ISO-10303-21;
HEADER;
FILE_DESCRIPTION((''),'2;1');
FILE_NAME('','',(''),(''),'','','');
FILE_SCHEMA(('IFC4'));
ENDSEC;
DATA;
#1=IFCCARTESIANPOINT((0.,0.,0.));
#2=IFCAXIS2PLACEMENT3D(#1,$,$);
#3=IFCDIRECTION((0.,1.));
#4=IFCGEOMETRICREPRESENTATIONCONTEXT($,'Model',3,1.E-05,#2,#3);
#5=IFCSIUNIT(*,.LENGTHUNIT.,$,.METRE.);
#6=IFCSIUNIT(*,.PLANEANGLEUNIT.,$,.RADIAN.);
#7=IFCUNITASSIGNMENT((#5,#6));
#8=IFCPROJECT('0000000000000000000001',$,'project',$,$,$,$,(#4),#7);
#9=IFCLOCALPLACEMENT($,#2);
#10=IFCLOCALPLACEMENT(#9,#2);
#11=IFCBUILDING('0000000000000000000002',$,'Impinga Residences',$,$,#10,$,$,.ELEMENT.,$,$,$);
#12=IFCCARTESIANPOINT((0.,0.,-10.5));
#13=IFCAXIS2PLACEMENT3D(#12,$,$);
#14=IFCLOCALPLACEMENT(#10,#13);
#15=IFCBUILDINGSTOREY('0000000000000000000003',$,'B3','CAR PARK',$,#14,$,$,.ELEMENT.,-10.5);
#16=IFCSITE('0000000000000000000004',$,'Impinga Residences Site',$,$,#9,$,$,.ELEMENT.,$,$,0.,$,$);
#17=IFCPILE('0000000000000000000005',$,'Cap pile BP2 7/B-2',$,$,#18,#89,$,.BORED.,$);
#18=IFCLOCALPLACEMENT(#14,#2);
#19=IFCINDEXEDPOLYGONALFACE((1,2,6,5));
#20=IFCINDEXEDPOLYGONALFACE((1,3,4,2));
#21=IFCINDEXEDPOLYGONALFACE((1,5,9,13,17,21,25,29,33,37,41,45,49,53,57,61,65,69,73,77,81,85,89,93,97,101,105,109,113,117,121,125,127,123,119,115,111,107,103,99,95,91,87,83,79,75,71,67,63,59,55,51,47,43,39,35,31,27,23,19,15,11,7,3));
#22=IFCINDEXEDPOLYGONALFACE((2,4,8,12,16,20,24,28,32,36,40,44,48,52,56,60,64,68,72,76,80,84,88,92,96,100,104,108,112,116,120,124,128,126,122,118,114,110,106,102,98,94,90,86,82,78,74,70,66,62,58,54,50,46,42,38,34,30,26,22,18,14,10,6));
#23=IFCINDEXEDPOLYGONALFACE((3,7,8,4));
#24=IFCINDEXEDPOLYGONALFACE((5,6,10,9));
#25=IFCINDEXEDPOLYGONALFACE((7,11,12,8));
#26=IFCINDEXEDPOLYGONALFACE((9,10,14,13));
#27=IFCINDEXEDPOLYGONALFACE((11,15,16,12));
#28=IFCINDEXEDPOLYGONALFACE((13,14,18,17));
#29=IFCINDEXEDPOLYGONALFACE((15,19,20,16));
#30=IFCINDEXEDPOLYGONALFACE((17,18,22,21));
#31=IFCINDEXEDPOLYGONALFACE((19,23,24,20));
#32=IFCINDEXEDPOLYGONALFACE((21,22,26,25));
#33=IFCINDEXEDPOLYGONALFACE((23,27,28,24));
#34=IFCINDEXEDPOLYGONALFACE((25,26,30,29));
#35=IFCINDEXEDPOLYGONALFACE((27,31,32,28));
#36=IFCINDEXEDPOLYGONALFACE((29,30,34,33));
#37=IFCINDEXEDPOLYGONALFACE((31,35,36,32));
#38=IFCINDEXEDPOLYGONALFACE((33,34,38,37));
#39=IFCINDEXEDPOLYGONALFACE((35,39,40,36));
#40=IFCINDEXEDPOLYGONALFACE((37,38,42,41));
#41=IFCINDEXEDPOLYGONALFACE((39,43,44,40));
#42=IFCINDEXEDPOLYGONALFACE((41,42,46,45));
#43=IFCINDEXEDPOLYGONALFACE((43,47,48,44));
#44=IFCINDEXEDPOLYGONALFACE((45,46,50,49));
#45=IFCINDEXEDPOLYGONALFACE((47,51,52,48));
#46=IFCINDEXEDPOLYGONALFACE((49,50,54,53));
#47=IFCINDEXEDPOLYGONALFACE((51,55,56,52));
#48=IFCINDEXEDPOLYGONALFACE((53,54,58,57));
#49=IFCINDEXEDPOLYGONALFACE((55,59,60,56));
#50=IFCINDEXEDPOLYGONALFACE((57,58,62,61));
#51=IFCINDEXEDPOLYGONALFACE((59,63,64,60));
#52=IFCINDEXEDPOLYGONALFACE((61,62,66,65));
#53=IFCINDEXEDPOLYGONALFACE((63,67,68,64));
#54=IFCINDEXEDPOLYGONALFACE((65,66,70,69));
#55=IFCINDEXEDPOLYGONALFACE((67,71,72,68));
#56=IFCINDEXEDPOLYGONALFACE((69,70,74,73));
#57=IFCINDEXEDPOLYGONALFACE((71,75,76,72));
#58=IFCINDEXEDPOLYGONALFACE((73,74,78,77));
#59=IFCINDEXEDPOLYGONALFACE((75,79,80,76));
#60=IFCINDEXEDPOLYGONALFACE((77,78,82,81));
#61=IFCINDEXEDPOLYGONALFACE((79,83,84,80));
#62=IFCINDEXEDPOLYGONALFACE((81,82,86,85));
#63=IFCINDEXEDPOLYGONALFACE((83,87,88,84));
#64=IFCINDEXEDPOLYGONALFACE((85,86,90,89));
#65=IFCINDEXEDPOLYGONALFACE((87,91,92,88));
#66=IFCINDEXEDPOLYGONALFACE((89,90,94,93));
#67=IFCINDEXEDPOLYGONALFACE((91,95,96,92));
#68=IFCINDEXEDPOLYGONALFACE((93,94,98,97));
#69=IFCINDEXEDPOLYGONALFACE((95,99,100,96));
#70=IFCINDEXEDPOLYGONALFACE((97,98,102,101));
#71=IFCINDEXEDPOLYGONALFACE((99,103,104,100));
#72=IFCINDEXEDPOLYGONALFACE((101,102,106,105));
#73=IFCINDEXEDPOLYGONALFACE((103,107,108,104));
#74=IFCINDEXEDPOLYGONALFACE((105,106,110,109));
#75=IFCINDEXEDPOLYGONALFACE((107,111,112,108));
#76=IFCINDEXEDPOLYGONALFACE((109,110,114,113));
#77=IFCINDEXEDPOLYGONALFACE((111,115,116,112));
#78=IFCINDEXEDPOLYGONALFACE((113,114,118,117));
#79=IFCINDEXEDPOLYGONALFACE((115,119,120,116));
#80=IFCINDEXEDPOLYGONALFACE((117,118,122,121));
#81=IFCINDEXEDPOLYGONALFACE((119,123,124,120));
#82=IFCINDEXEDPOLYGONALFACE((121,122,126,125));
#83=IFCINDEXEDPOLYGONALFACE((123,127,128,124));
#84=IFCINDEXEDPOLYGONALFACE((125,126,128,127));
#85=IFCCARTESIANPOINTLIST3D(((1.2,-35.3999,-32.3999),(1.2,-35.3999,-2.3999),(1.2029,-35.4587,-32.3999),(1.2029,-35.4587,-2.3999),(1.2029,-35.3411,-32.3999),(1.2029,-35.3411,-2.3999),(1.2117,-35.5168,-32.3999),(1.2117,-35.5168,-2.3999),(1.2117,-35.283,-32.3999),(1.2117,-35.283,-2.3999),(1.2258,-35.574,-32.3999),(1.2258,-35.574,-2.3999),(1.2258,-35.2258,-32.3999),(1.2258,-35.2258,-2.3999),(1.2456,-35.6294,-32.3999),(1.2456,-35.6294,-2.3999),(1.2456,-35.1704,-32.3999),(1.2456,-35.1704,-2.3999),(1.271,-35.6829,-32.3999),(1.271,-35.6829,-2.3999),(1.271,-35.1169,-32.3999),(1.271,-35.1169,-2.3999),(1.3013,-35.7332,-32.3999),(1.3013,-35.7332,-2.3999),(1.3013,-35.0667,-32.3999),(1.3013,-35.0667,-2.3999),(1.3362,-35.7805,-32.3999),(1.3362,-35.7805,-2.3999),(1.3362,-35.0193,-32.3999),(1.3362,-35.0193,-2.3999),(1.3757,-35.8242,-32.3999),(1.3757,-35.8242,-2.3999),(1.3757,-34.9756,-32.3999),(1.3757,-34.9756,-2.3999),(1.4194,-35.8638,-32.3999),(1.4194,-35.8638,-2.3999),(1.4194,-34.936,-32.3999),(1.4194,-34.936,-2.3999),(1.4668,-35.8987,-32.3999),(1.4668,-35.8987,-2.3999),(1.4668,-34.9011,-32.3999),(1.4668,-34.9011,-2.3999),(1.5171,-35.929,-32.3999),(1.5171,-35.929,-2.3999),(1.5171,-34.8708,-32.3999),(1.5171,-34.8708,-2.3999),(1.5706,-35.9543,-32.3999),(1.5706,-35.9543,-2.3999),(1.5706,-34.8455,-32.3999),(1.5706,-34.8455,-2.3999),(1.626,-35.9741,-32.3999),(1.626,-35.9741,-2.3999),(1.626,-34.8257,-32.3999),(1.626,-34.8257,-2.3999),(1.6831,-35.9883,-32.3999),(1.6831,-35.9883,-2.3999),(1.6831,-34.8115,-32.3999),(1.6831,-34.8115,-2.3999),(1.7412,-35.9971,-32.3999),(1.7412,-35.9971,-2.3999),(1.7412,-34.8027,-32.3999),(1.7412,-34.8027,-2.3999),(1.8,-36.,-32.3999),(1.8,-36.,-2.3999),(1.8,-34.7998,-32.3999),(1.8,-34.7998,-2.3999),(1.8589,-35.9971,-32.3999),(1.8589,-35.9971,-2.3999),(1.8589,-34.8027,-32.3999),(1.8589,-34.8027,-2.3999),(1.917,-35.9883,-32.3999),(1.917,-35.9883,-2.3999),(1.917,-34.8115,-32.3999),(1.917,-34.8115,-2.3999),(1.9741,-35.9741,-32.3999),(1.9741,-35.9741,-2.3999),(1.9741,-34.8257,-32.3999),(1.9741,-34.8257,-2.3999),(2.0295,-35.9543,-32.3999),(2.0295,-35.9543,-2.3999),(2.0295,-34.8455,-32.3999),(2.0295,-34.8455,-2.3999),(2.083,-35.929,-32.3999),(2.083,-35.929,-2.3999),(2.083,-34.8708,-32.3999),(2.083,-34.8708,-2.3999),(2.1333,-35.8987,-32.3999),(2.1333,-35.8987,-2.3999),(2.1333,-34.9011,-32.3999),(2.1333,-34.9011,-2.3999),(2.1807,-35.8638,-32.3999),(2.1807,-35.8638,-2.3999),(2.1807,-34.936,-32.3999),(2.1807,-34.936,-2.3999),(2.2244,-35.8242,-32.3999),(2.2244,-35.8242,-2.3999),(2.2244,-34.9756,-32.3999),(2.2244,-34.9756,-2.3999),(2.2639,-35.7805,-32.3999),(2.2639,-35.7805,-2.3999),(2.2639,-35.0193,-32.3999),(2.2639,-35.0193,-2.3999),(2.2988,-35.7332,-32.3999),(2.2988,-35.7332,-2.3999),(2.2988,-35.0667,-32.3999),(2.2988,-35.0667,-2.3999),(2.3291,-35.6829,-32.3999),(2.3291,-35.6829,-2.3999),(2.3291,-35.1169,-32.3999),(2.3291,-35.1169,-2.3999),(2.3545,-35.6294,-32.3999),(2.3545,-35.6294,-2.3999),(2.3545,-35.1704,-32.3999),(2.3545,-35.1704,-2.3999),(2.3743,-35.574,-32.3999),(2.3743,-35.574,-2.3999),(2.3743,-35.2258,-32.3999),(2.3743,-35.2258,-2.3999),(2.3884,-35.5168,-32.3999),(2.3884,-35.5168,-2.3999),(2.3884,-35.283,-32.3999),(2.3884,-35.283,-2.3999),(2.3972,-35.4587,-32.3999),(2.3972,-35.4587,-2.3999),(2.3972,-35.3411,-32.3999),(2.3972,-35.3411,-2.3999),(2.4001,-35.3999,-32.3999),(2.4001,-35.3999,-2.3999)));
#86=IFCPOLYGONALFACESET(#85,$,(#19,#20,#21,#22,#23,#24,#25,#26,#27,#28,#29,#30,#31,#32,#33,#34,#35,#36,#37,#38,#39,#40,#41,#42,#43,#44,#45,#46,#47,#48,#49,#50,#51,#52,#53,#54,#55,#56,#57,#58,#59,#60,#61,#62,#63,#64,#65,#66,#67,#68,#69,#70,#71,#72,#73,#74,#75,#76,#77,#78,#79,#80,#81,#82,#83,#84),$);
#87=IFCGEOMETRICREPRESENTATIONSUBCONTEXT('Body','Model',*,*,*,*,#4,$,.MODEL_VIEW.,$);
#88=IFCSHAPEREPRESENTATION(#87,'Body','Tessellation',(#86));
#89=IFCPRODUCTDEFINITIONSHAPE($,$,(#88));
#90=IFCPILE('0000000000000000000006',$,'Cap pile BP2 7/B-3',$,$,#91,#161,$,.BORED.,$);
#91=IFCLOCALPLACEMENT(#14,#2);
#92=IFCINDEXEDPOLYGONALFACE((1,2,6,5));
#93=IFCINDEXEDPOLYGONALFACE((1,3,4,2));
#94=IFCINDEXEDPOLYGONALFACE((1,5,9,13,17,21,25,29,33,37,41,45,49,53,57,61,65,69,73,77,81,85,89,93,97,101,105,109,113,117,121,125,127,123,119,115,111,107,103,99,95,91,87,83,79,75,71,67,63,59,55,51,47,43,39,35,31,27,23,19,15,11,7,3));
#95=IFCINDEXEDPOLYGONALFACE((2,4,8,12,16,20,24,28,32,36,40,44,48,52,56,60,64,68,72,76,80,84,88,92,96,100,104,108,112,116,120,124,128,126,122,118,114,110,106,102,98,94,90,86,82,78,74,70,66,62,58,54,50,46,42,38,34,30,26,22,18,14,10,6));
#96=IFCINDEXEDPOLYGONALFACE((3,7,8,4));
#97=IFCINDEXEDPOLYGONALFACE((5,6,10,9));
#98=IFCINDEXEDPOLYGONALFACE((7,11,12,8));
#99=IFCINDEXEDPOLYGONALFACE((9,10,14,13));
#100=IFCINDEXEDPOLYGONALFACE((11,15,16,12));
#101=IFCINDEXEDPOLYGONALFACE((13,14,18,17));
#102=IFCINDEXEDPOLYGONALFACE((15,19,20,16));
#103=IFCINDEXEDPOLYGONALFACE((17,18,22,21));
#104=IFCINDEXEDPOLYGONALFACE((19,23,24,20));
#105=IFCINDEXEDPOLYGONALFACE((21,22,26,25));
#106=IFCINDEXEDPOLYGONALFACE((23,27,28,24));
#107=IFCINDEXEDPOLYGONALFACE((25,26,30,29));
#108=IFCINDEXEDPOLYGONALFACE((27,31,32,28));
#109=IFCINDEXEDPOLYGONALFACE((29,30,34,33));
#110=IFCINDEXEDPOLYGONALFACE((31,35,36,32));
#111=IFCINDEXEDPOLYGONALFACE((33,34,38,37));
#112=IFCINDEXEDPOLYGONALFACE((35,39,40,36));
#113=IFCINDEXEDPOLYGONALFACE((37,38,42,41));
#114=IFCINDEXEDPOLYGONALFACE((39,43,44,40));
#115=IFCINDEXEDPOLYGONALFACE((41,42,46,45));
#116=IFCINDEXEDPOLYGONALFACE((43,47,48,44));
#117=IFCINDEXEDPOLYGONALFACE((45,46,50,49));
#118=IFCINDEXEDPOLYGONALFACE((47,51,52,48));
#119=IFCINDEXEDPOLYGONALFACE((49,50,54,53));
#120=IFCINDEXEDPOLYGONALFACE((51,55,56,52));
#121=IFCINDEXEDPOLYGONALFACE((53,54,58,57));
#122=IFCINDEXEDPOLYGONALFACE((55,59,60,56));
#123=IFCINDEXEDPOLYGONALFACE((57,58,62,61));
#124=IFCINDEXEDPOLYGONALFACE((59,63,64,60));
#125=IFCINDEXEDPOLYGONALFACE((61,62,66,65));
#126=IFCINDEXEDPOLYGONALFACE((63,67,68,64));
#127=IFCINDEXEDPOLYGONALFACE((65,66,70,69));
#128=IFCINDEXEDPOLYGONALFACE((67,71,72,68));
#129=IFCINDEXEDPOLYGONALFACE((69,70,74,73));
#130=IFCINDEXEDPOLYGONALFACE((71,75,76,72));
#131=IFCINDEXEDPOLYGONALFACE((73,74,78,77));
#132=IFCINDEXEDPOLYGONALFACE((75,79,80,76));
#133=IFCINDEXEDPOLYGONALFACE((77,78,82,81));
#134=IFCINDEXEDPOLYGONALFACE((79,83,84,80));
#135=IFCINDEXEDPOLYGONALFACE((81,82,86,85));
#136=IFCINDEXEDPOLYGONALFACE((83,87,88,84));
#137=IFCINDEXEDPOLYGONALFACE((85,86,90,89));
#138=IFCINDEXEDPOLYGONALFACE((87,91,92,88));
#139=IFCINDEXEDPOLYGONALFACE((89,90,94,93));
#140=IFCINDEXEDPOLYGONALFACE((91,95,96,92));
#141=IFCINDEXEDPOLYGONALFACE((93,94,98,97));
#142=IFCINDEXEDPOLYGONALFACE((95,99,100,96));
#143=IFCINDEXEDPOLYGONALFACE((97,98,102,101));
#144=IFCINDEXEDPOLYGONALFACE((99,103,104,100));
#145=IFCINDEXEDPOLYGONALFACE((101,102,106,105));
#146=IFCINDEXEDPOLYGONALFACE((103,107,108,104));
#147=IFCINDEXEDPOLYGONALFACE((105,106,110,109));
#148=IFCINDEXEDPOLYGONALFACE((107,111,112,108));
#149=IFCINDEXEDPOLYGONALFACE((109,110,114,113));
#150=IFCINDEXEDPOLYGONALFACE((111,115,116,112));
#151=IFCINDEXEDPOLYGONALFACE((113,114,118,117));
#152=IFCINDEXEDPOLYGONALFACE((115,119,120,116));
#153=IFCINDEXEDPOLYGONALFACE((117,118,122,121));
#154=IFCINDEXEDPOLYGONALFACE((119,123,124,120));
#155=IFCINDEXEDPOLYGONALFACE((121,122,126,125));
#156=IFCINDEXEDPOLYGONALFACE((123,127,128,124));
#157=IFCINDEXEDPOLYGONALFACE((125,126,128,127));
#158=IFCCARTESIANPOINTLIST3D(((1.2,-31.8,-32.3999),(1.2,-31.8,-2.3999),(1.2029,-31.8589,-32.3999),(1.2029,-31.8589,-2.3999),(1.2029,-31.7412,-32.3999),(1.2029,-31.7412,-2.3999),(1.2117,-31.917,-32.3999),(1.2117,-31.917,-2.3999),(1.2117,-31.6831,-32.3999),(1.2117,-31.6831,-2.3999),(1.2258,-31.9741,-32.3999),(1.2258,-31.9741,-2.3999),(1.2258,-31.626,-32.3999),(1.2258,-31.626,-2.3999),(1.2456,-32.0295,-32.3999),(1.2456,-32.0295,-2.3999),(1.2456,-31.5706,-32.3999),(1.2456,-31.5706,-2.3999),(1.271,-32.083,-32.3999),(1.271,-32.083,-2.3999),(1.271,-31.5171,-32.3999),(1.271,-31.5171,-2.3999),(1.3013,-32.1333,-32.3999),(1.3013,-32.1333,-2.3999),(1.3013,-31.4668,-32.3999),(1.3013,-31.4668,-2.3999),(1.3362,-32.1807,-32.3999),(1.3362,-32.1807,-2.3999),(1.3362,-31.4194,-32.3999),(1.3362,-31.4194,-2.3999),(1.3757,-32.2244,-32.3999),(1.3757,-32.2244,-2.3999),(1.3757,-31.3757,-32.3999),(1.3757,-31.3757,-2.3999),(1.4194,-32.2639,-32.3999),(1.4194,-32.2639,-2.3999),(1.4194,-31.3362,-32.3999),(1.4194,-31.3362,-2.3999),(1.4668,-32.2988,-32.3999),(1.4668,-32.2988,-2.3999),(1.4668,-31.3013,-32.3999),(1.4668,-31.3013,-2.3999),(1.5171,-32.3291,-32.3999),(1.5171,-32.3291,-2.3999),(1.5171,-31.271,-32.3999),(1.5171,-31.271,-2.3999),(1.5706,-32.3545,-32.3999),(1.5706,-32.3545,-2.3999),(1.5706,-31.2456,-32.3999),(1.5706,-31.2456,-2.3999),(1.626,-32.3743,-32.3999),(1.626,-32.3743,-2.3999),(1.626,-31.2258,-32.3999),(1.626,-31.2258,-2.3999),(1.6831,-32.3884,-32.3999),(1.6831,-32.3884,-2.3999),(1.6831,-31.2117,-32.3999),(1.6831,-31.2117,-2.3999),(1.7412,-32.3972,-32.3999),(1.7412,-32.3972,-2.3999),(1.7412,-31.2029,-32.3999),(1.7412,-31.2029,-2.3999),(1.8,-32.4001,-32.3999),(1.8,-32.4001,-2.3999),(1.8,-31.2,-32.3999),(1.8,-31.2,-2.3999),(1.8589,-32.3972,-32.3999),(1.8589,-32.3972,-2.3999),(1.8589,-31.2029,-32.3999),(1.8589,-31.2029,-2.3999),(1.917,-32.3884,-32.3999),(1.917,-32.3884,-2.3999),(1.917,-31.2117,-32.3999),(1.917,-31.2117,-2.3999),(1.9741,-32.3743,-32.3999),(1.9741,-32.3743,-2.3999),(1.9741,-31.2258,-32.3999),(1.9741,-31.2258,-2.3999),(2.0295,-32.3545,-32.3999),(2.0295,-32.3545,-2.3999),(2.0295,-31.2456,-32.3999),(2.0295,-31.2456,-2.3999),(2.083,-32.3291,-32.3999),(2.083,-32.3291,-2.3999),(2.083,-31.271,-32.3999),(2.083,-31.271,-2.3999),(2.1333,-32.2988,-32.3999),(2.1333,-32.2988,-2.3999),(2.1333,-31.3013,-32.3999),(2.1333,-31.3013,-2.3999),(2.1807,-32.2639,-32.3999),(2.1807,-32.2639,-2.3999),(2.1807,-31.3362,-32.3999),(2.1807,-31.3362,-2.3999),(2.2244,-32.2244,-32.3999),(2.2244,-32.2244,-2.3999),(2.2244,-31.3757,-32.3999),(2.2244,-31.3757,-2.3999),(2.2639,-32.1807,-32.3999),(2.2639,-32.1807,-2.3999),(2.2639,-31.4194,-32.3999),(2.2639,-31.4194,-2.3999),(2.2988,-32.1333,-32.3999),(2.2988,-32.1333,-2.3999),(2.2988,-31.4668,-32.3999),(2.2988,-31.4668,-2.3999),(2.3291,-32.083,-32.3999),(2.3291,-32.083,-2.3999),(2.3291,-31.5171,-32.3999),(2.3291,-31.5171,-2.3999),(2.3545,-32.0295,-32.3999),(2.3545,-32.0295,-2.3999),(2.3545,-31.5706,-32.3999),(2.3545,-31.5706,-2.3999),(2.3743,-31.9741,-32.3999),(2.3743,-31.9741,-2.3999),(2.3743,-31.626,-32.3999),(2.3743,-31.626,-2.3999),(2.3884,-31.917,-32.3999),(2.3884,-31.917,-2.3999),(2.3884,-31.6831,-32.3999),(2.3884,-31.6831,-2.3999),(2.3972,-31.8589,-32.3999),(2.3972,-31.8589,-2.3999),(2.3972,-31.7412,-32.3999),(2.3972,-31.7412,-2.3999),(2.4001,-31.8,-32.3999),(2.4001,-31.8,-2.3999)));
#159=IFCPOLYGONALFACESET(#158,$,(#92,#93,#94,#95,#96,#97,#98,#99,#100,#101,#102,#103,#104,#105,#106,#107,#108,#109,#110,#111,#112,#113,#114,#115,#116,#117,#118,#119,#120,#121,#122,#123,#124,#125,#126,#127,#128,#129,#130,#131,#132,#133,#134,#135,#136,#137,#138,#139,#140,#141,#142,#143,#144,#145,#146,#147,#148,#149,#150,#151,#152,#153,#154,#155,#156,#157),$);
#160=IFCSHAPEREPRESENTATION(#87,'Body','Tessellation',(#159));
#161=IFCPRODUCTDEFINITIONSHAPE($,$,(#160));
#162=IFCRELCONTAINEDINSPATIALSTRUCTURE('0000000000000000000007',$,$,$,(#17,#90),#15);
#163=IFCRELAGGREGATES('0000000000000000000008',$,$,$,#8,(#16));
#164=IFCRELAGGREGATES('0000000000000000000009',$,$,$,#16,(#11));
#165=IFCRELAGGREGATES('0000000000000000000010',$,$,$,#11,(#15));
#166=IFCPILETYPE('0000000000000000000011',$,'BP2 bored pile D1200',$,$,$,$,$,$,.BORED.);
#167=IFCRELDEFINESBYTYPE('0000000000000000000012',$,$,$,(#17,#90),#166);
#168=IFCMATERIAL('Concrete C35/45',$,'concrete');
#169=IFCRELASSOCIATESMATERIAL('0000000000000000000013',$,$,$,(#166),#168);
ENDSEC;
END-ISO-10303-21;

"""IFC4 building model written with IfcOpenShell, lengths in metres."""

from ifc_helpers import new_model, si_unit, direction, frame, origin, origin_2d, place, context, subcontext, project, spatial, polyline, circle, outline, extrude, material, material_profile, profile_set, type_object, element, save


model = new_model("IFC4")

# Units and contexts
model_context = context("Model", 3, precision=1e-05, world=origin(), true_north=direction((0.0, 1.0)))
body_context = subcontext(model_context, "Body", "Model", "MODEL_VIEW")
ifc_project = project(units=[si_unit("LENGTHUNIT", "METRE"), si_unit("PLANEANGLEUNIT", "RADIAN")], contexts=[model_context])

# Site, building, storey
site_placement = place(None, origin())
site = spatial("IfcSite", under=ifc_project, at=site_placement, Name="Impinga Residences Site", CompositionType="ELEMENT", RefElevation=0.0)
building_placement = place(site_placement, origin())
building = spatial("IfcBuilding", under=site, at=building_placement, Name="Impinga Residences", CompositionType="ELEMENT")
storey_placement = place(building_placement, frame((0.0, 0.0, -10.5)))
storey = spatial("IfcBuildingStorey", under=building, at=storey_placement, Name="B3", Description="CAR PARK", CompositionType="ELEMENT", Elevation=-10.5)

# Piles
ifc_material_1 = material(Name="Concrete C35/45", Category="concrete")
ifc_material_profile_1 = material_profile(ifc_material_1, circle(Radius=0.6001, at=origin_2d()), Name="D1200")
ifc_profile_set_1 = profile_set([ifc_material_profile_1], Name="Concrete C35/45")
pile_type = type_object("IfcPileType", Name="BP2 bored pile D1200", PredefinedType="BORED", material=ifc_profile_set_1)
pile_1_placement = place(storey_placement, frame((1.8, -35.3999, -2.3999), z_axis=(0.0, 0.0, -1.0), x_axis=(1.0, 0.0, 0.0)))
element("IfcPile", 1, at=pile_1_placement, inside=storey, type_object=pile_type, Name="Cap pile BP2 7/B-2", PredefinedType="BORED", context=body_context, shape_type="SweptSolid", body=[
    extrude(outline(polyline([(0.6001, 0.0), (0.5972, 0.0588), (0.5884, 0.1169), (0.5742, 0.1741), (0.5544, 0.2295), (0.5291, 0.283), (0.4988, 0.3333), (0.4639, 0.3806), (0.4243, 0.4243), (0.3806, 0.4639), (0.3333, 0.4988), (0.283, 0.5291), (0.2295, 0.5544), (0.1741, 0.5742), (0.1169, 0.5884), (0.0588, 0.5972), (0.0, 0.6001), (-0.0588, 0.5972), (-0.1169, 0.5884), (-0.1741, 0.5742), (-0.2295, 0.5544), (-0.283, 0.5291), (-0.3333, 0.4988), (-0.3806, 0.4639), (-0.4243, 0.4243), (-0.4639, 0.3806), (-0.4988, 0.3333), (-0.5291, 0.283), (-0.5544, 0.2295), (-0.5742, 0.1741), (-0.5884, 0.1169), (-0.5972, 0.0588), (-0.6001, 0.0), (-0.5972, -0.0588), (-0.5884, -0.1169), (-0.5742, -0.1741), (-0.5544, -0.2295), (-0.5291, -0.283), (-0.4988, -0.3333), (-0.4639, -0.3806), (-0.4243, -0.4243), (-0.3806, -0.4639), (-0.3333, -0.4988), (-0.283, -0.5291), (-0.2295, -0.5544), (-0.1741, -0.5742), (-0.1169, -0.5884), (-0.0588, -0.5972), (0.0, -0.6001), (0.0588, -0.5972), (0.1169, -0.5884), (0.1741, -0.5742), (0.2295, -0.5544), (0.283, -0.5291), (0.3333, -0.4988), (0.3806, -0.4639), (0.4243, -0.4243), (0.4639, -0.3806), (0.4988, -0.3333), (0.5291, -0.283), (0.5544, -0.2295), (0.5742, -0.1741), (0.5884, -0.1169), (0.5972, -0.0588), (0.6001, 0.0)])), origin(), (0.0, 0.0, 1.0), 30.0),
])
pile_2_placement = place(storey_placement, frame((1.8, -31.8, -2.3999), z_axis=(0.0, 0.0, -1.0), x_axis=(1.0, 0.0, 0.0)))
element("IfcPile", 2, at=pile_2_placement, inside=storey, type_object=pile_type, Name="Cap pile BP2 7/B-3", PredefinedType="BORED", context=body_context, shape_type="SweptSolid", body=[
    extrude(outline(polyline([(0.6001, 0.0), (0.5972, 0.0588), (0.5884, 0.1169), (0.5742, 0.1741), (0.5544, 0.2295), (0.5291, 0.283), (0.4988, 0.3333), (0.4639, 0.3806), (0.4243, 0.4243), (0.3806, 0.4639), (0.3333, 0.4988), (0.283, 0.5291), (0.2295, 0.5544), (0.1741, 0.5742), (0.1169, 0.5884), (0.0588, 0.5972), (0.0, 0.6001), (-0.0588, 0.5972), (-0.1169, 0.5884), (-0.1741, 0.5742), (-0.2295, 0.5544), (-0.283, 0.5291), (-0.3333, 0.4988), (-0.3806, 0.4639), (-0.4243, 0.4243), (-0.4639, 0.3806), (-0.4988, 0.3333), (-0.5291, 0.283), (-0.5544, 0.2295), (-0.5742, 0.1741), (-0.5884, 0.1169), (-0.5972, 0.0588), (-0.6001, 0.0), (-0.5972, -0.0588), (-0.5884, -0.1169), (-0.5742, -0.1741), (-0.5544, -0.2295), (-0.5291, -0.283), (-0.4988, -0.3333), (-0.4639, -0.3806), (-0.4243, -0.4243), (-0.3806, -0.4639), (-0.3333, -0.4988), (-0.283, -0.5291), (-0.2295, -0.5544), (-0.1741, -0.5742), (-0.1169, -0.5884), (-0.0588, -0.5972), (0.0, -0.6001), (0.0588, -0.5972), (0.1169, -0.5884), (0.1741, -0.5742), (0.2295, -0.5544), (0.283, -0.5291), (0.3333, -0.4988), (0.3806, -0.4639), (0.4243, -0.4243), (0.4639, -0.3806), (0.4988, -0.3333), (0.5291, -0.283), (0.5544, -0.2295), (0.5742, -0.1741), (0.5884, -0.1169), (0.5972, -0.0588), (0.6001, 0.0)])), origin(), (0.0, 0.0, 1.0), 30.0),
])

save(model, "model.ifc")
